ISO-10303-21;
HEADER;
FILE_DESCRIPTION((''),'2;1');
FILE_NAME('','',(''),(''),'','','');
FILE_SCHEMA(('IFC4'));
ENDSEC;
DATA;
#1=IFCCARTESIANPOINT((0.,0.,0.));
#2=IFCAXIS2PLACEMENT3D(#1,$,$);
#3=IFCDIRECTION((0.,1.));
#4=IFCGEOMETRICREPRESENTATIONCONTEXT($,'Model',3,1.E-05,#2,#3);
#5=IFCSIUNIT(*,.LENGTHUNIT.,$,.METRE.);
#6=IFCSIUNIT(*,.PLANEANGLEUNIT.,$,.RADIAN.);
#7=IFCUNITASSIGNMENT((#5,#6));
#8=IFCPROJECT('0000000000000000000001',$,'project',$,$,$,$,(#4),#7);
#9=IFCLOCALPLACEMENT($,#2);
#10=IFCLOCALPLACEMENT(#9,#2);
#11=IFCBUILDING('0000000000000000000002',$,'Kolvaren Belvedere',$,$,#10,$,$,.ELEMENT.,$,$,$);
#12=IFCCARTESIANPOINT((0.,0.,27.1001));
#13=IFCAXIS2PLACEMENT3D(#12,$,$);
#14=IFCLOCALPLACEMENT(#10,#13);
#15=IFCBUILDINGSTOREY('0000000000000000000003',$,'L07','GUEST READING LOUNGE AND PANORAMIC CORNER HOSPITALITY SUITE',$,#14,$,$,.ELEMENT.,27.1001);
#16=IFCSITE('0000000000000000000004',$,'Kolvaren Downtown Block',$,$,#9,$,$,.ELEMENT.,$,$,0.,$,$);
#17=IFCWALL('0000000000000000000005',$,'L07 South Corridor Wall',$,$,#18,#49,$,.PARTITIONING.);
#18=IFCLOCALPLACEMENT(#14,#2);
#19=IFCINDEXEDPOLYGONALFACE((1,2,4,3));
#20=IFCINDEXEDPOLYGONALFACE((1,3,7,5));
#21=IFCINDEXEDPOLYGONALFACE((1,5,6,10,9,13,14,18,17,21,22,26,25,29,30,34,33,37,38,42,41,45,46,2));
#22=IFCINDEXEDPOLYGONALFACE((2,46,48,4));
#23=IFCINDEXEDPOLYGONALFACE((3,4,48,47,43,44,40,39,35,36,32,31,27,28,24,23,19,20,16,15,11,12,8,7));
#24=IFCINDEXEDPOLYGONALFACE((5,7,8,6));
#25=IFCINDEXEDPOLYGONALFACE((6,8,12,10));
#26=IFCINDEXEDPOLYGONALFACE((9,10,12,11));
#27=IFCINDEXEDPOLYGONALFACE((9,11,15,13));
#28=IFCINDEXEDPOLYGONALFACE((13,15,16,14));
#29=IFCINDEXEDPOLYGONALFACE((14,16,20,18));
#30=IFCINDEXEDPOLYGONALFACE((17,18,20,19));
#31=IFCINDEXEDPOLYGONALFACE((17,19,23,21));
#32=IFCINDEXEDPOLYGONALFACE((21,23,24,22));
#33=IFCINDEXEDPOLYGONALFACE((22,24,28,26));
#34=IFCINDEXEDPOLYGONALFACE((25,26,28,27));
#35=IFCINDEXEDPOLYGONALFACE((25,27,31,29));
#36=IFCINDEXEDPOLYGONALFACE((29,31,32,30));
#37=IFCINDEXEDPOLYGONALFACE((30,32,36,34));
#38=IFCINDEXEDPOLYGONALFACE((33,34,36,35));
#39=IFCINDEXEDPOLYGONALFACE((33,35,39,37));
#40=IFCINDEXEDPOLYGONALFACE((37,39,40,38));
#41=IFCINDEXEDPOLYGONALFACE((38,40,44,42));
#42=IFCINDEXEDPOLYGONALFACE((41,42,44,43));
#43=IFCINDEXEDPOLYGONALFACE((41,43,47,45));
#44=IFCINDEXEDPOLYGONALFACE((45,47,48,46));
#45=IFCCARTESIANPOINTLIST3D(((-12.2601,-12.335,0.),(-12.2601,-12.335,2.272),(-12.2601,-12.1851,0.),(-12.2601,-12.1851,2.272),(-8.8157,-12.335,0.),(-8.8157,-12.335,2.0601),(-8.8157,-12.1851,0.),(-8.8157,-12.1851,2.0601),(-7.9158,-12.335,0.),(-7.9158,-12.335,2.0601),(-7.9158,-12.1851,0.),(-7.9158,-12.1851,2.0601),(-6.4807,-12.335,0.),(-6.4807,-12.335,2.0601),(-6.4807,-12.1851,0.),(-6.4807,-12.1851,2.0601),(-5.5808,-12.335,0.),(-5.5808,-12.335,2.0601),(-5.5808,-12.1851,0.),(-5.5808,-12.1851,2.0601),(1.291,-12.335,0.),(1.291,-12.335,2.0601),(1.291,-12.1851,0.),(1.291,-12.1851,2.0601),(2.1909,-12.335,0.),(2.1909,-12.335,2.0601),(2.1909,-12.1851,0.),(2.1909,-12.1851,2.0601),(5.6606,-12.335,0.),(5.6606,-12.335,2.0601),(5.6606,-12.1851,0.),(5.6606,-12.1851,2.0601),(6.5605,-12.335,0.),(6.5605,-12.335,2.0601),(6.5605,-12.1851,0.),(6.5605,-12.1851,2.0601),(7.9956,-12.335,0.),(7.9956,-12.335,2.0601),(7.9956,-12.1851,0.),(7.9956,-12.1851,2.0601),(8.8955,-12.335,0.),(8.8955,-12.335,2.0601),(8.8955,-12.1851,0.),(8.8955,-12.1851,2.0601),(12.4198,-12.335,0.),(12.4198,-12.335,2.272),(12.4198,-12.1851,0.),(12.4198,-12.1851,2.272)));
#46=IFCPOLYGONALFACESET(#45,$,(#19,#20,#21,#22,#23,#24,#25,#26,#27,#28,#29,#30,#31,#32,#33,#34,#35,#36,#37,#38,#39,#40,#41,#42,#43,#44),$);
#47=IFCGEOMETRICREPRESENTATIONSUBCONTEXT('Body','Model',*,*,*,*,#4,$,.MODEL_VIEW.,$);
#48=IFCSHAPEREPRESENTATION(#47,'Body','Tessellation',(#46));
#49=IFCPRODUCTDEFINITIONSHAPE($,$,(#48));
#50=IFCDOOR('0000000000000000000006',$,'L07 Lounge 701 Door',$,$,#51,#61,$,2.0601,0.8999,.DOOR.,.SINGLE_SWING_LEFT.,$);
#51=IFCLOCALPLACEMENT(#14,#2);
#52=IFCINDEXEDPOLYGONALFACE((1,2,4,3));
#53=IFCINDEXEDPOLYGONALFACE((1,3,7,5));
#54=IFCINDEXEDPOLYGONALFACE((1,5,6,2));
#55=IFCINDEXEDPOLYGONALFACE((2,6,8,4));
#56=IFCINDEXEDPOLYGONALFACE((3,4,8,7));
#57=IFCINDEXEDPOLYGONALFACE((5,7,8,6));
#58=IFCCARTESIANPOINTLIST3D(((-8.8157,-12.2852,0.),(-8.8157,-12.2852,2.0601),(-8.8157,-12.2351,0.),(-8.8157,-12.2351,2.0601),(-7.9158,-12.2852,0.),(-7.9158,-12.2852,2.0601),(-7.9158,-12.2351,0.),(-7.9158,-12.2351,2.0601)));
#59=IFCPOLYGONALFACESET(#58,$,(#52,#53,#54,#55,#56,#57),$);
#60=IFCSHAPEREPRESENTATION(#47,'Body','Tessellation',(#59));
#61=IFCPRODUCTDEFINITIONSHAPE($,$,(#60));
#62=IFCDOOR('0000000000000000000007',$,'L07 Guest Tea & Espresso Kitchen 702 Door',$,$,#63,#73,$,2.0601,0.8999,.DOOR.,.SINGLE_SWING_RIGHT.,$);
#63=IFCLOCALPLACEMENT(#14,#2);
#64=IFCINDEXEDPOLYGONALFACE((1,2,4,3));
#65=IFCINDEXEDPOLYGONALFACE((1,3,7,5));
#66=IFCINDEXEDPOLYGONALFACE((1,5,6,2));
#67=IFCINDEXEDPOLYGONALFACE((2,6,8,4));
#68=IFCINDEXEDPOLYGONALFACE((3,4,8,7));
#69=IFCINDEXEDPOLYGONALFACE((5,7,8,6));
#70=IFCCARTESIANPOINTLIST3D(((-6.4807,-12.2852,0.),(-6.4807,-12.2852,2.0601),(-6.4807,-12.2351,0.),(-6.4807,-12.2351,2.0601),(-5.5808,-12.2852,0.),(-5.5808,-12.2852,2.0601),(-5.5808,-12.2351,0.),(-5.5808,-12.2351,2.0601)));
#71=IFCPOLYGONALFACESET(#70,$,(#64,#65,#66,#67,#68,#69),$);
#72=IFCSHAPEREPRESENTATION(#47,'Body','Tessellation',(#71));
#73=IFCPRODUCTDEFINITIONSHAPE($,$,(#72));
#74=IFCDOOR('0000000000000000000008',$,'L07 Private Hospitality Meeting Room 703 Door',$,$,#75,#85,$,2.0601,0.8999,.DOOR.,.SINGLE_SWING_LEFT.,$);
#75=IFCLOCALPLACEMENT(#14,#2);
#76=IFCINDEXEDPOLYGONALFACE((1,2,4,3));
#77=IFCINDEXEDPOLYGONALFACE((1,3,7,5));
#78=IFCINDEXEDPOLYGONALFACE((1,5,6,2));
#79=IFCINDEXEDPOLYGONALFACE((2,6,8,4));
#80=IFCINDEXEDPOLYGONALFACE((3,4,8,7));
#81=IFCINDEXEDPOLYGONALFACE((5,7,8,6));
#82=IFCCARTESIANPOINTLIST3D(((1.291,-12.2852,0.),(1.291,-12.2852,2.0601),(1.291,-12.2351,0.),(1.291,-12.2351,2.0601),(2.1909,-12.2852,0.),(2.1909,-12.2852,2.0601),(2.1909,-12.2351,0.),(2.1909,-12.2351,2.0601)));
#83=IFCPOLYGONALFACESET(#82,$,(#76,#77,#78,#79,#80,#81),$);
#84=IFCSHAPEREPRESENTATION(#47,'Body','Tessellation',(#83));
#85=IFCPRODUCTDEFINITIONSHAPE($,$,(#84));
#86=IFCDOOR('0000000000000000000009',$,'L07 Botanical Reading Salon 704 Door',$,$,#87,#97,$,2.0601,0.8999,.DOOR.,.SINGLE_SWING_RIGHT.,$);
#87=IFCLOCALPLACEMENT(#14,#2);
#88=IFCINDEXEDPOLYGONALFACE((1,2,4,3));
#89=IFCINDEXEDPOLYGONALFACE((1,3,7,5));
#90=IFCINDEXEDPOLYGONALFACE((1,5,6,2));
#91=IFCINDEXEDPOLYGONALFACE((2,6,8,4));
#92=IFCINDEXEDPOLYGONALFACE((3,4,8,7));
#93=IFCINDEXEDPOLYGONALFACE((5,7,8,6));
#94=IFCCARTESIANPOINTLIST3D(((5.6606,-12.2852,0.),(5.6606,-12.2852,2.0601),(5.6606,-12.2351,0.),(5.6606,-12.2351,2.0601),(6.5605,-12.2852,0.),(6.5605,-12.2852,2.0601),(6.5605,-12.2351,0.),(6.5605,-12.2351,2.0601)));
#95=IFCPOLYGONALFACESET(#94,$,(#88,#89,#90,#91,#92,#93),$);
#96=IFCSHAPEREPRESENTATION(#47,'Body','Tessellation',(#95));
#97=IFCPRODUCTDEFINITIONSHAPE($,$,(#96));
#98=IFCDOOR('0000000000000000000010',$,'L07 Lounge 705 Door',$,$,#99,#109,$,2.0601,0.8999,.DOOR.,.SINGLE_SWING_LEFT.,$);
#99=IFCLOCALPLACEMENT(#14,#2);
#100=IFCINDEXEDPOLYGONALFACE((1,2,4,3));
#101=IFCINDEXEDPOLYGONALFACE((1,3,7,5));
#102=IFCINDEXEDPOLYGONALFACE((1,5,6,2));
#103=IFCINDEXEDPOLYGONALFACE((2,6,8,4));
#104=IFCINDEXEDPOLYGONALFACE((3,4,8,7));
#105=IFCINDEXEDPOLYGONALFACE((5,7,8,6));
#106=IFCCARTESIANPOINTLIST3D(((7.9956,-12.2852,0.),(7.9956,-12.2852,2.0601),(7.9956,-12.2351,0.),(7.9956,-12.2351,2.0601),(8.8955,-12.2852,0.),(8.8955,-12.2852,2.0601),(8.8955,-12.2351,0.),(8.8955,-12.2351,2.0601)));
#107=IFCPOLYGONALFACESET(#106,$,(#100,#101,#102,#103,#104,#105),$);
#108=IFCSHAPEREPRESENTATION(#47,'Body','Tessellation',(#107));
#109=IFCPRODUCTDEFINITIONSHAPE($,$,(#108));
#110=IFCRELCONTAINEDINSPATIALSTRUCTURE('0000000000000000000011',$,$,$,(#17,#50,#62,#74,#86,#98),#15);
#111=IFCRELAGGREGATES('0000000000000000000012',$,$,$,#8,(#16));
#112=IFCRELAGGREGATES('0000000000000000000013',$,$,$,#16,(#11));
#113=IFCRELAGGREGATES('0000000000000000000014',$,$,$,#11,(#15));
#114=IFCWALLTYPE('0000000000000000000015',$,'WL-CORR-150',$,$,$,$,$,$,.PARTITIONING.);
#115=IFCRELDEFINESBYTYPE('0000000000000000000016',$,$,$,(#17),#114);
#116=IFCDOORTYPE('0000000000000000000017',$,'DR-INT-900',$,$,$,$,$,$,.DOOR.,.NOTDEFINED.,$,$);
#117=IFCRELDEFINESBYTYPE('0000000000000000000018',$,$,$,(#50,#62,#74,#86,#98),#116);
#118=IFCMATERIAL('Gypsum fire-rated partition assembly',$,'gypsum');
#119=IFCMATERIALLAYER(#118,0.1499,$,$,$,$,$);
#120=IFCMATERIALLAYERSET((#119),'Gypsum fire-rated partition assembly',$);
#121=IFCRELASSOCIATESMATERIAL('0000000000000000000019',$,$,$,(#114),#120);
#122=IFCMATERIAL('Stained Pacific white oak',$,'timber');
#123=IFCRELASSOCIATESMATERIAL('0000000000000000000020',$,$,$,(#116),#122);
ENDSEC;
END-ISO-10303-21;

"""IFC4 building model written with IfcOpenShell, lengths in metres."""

from ifc_helpers import new_model, si_unit, direction, frame, frame_2d, origin, place, context, subcontext, project, spatial, rectangle, extrude, material, layer, layer_set, type_object, element, fill, save


model = new_model("IFC4")

# Units and contexts
model_context = context("Model", 3, precision=1e-05, world=origin(), true_north=direction((0.0, 1.0)))
body_context = subcontext(model_context, "Body", "Model", "MODEL_VIEW")
ifc_project = project(units=[si_unit("LENGTHUNIT", "METRE"), si_unit("PLANEANGLEUNIT", "RADIAN")], contexts=[model_context])

# Site, building, storey
site_placement = place(None, origin())
site = spatial("IfcSite", under=ifc_project, at=site_placement, Name="Kolvaren Downtown Block", CompositionType="ELEMENT", RefElevation=0.0)
building_placement = place(site_placement, origin())
building = spatial("IfcBuilding", under=site, at=building_placement, Name="Kolvaren Belvedere", CompositionType="ELEMENT")
storey_placement = place(building_placement, frame((0.0, 0.0, 27.1001)))
storey = spatial("IfcBuildingStorey", under=building, at=storey_placement, Name="L07", Description="GUEST READING LOUNGE AND PANORAMIC CORNER HOSPITALITY SUITE", CompositionType="ELEMENT", Elevation=27.1001)

# Wall, openings, doors
ifc_material_1 = material(Name="Gypsum fire-rated partition assembly", Category="gypsum")
ifc_layer_1 = layer(ifc_material_1, 0.1499)
ifc_layer_set_1 = layer_set([ifc_layer_1], Name="Gypsum fire-rated partition assembly")
wall_type_1 = type_object("IfcWallType", Name="WL-CORR-150", PredefinedType="PARTITIONING", material=ifc_layer_set_1)
wall_1_placement = place(storey_placement, frame((-12.26, -12.26, 0.0), z_axis=(0.0, 0.0, 1.0), x_axis=(1.0, 0.0, 0.0)))
wall_1 = element("IfcWall", 1, at=wall_1_placement, inside=storey, type_object=wall_type_1, Name="L07 South Corridor Wall", PredefinedType="PARTITIONING", context=body_context, shape_type="SweptSolid", body=[
    extrude(rectangle(XDim=24.6799, YDim=0.1499, at=frame_2d((12.3398, 0.0))), origin(), (0.0, 0.0, 1.0), 2.272),
])
opening_1_placement = place(wall_1_placement, frame((3.4443, 0.0, 0.0)))
opening_1 = element("IfcOpeningElement", 2, at=opening_1_placement, cuts=wall_1, PredefinedType="OPENING", context=body_context, shape_type="SweptSolid", body=[
    extrude(rectangle(XDim=0.8999, YDim=2.0601, at=frame_2d((0.45, 1.03))), frame((0.0, 0.085, 0.0), z_axis=(0.0, -1.0, 0.0), x_axis=(1.0, 0.0, 0.0)), (0.0, 0.0, 1.0), 0.1699),
])
opening_2_placement = place(wall_1_placement, frame((5.7793, 0.0, 0.0)))
opening_2 = element("IfcOpeningElement", 3, at=opening_2_placement, cuts=wall_1, PredefinedType="OPENING", context=body_context, shape_type="SweptSolid", body=[
    extrude(rectangle(XDim=0.8999, YDim=2.0601, at=frame_2d((0.45, 1.03))), frame((0.0, 0.085, 0.0), z_axis=(0.0, -1.0, 0.0), x_axis=(1.0, 0.0, 0.0)), (0.0, 0.0, 1.0), 0.1699),
])
opening_3_placement = place(wall_1_placement, frame((13.551, 0.0, 0.0)))
opening_3 = element("IfcOpeningElement", 4, at=opening_3_placement, cuts=wall_1, PredefinedType="OPENING", context=body_context, shape_type="SweptSolid", body=[
    extrude(rectangle(XDim=0.8999, YDim=2.0601, at=frame_2d((0.45, 1.03))), frame((0.0, 0.085, 0.0), z_axis=(0.0, -1.0, 0.0), x_axis=(1.0, 0.0, 0.0)), (0.0, 0.0, 1.0), 0.1699),
])
opening_4_placement = place(wall_1_placement, frame((17.9207, 0.0, 0.0)))
opening_4 = element("IfcOpeningElement", 5, at=opening_4_placement, cuts=wall_1, PredefinedType="OPENING", context=body_context, shape_type="SweptSolid", body=[
    extrude(rectangle(XDim=0.8999, YDim=2.0601, at=frame_2d((0.45, 1.03))), frame((0.0, 0.085, 0.0), z_axis=(0.0, -1.0, 0.0), x_axis=(1.0, 0.0, 0.0)), (0.0, 0.0, 1.0), 0.1699),
])
opening_5_placement = place(wall_1_placement, frame((20.2556, 0.0, 0.0)))
opening_5 = element("IfcOpeningElement", 6, at=opening_5_placement, cuts=wall_1, PredefinedType="OPENING", context=body_context, shape_type="SweptSolid", body=[
    extrude(rectangle(XDim=0.8999, YDim=2.0601, at=frame_2d((0.45, 1.03))), frame((0.0, 0.085, 0.0), z_axis=(0.0, -1.0, 0.0), x_axis=(1.0, 0.0, 0.0)), (0.0, 0.0, 1.0), 0.1699),
])
ifc_material_2 = material(Name="Stained Pacific white oak", Category="timber")
door_type_1 = type_object("IfcDoorType", Name="DR-INT-900", OperationType="NOTDEFINED", PredefinedType="DOOR", material=ifc_material_2)
door_1_placement = place(opening_1_placement, origin())
door_1 = element("IfcDoor", 7, at=door_1_placement, inside=storey, type_object=door_type_1, Name="L07 Lounge 701 Door", OperationType="SINGLE_SWING_LEFT", OverallHeight=2.0601, OverallWidth=0.8999, PredefinedType="DOOR", context=body_context, shape_type="SweptSolid", body=[
    extrude(rectangle(XDim=0.8999, YDim=2.0601, at=frame_2d((0.45, 1.03))), frame((0.0, 0.0249, 0.0), z_axis=(0.0, -1.0, 0.0), x_axis=(1.0, 0.0, 0.0)), (0.0, 0.0, 1.0), 0.05),
])
fill(opening_1, door_1)
door_2_placement = place(opening_2_placement, origin())
door_2 = element("IfcDoor", 8, at=door_2_placement, inside=storey, type_object=door_type_1, Name="L07 Guest Tea & Espresso Kitchen 702 Door", OperationType="SINGLE_SWING_RIGHT", OverallHeight=2.0601, OverallWidth=0.8999, PredefinedType="DOOR", context=body_context, shape_type="SweptSolid", body=[
    extrude(rectangle(XDim=0.8999, YDim=2.0601, at=frame_2d((0.45, 1.03))), frame((0.0, 0.0249, 0.0), z_axis=(0.0, -1.0, 0.0), x_axis=(1.0, 0.0, 0.0)), (0.0, 0.0, 1.0), 0.05),
])
fill(opening_2, door_2)
door_3_placement = place(opening_3_placement, origin())
door_3 = element("IfcDoor", 9, at=door_3_placement, inside=storey, type_object=door_type_1, Name="L07 Private Hospitality Meeting Room 703 Door", OperationType="SINGLE_SWING_LEFT", OverallHeight=2.0601, OverallWidth=0.8999, PredefinedType="DOOR", context=body_context, shape_type="SweptSolid", body=[
    extrude(rectangle(XDim=0.8999, YDim=2.0601, at=frame_2d((0.45, 1.03))), frame((0.0, 0.0249, 0.0), z_axis=(0.0, -1.0, 0.0), x_axis=(1.0, 0.0, 0.0)), (0.0, 0.0, 1.0), 0.05),
])
fill(opening_3, door_3)
door_4_placement = place(opening_4_placement, origin())
door_4 = element("IfcDoor", 10, at=door_4_placement, inside=storey, type_object=door_type_1, Name="L07 Botanical Reading Salon 704 Door", OperationType="SINGLE_SWING_RIGHT", OverallHeight=2.0601, OverallWidth=0.8999, PredefinedType="DOOR", context=body_context, shape_type="SweptSolid", body=[
    extrude(rectangle(XDim=0.8999, YDim=2.0601, at=frame_2d((0.45, 1.03))), frame((0.0, 0.0249, 0.0), z_axis=(0.0, -1.0, 0.0), x_axis=(1.0, 0.0, 0.0)), (0.0, 0.0, 1.0), 0.05),
])
fill(opening_4, door_4)
door_5_placement = place(opening_5_placement, origin())
door_5 = element("IfcDoor", 11, at=door_5_placement, inside=storey, type_object=door_type_1, Name="L07 Lounge 705 Door", OperationType="SINGLE_SWING_LEFT", OverallHeight=2.0601, OverallWidth=0.8999, PredefinedType="DOOR", context=body_context, shape_type="SweptSolid", body=[
    extrude(rectangle(XDim=0.8999, YDim=2.0601, at=frame_2d((0.45, 1.03))), frame((0.0, 0.0249, 0.0), z_axis=(0.0, -1.0, 0.0), x_axis=(1.0, 0.0, 0.0)), (0.0, 0.0, 1.0), 0.05),
])
fill(opening_5, door_5)

save(model, "model.ifc")
